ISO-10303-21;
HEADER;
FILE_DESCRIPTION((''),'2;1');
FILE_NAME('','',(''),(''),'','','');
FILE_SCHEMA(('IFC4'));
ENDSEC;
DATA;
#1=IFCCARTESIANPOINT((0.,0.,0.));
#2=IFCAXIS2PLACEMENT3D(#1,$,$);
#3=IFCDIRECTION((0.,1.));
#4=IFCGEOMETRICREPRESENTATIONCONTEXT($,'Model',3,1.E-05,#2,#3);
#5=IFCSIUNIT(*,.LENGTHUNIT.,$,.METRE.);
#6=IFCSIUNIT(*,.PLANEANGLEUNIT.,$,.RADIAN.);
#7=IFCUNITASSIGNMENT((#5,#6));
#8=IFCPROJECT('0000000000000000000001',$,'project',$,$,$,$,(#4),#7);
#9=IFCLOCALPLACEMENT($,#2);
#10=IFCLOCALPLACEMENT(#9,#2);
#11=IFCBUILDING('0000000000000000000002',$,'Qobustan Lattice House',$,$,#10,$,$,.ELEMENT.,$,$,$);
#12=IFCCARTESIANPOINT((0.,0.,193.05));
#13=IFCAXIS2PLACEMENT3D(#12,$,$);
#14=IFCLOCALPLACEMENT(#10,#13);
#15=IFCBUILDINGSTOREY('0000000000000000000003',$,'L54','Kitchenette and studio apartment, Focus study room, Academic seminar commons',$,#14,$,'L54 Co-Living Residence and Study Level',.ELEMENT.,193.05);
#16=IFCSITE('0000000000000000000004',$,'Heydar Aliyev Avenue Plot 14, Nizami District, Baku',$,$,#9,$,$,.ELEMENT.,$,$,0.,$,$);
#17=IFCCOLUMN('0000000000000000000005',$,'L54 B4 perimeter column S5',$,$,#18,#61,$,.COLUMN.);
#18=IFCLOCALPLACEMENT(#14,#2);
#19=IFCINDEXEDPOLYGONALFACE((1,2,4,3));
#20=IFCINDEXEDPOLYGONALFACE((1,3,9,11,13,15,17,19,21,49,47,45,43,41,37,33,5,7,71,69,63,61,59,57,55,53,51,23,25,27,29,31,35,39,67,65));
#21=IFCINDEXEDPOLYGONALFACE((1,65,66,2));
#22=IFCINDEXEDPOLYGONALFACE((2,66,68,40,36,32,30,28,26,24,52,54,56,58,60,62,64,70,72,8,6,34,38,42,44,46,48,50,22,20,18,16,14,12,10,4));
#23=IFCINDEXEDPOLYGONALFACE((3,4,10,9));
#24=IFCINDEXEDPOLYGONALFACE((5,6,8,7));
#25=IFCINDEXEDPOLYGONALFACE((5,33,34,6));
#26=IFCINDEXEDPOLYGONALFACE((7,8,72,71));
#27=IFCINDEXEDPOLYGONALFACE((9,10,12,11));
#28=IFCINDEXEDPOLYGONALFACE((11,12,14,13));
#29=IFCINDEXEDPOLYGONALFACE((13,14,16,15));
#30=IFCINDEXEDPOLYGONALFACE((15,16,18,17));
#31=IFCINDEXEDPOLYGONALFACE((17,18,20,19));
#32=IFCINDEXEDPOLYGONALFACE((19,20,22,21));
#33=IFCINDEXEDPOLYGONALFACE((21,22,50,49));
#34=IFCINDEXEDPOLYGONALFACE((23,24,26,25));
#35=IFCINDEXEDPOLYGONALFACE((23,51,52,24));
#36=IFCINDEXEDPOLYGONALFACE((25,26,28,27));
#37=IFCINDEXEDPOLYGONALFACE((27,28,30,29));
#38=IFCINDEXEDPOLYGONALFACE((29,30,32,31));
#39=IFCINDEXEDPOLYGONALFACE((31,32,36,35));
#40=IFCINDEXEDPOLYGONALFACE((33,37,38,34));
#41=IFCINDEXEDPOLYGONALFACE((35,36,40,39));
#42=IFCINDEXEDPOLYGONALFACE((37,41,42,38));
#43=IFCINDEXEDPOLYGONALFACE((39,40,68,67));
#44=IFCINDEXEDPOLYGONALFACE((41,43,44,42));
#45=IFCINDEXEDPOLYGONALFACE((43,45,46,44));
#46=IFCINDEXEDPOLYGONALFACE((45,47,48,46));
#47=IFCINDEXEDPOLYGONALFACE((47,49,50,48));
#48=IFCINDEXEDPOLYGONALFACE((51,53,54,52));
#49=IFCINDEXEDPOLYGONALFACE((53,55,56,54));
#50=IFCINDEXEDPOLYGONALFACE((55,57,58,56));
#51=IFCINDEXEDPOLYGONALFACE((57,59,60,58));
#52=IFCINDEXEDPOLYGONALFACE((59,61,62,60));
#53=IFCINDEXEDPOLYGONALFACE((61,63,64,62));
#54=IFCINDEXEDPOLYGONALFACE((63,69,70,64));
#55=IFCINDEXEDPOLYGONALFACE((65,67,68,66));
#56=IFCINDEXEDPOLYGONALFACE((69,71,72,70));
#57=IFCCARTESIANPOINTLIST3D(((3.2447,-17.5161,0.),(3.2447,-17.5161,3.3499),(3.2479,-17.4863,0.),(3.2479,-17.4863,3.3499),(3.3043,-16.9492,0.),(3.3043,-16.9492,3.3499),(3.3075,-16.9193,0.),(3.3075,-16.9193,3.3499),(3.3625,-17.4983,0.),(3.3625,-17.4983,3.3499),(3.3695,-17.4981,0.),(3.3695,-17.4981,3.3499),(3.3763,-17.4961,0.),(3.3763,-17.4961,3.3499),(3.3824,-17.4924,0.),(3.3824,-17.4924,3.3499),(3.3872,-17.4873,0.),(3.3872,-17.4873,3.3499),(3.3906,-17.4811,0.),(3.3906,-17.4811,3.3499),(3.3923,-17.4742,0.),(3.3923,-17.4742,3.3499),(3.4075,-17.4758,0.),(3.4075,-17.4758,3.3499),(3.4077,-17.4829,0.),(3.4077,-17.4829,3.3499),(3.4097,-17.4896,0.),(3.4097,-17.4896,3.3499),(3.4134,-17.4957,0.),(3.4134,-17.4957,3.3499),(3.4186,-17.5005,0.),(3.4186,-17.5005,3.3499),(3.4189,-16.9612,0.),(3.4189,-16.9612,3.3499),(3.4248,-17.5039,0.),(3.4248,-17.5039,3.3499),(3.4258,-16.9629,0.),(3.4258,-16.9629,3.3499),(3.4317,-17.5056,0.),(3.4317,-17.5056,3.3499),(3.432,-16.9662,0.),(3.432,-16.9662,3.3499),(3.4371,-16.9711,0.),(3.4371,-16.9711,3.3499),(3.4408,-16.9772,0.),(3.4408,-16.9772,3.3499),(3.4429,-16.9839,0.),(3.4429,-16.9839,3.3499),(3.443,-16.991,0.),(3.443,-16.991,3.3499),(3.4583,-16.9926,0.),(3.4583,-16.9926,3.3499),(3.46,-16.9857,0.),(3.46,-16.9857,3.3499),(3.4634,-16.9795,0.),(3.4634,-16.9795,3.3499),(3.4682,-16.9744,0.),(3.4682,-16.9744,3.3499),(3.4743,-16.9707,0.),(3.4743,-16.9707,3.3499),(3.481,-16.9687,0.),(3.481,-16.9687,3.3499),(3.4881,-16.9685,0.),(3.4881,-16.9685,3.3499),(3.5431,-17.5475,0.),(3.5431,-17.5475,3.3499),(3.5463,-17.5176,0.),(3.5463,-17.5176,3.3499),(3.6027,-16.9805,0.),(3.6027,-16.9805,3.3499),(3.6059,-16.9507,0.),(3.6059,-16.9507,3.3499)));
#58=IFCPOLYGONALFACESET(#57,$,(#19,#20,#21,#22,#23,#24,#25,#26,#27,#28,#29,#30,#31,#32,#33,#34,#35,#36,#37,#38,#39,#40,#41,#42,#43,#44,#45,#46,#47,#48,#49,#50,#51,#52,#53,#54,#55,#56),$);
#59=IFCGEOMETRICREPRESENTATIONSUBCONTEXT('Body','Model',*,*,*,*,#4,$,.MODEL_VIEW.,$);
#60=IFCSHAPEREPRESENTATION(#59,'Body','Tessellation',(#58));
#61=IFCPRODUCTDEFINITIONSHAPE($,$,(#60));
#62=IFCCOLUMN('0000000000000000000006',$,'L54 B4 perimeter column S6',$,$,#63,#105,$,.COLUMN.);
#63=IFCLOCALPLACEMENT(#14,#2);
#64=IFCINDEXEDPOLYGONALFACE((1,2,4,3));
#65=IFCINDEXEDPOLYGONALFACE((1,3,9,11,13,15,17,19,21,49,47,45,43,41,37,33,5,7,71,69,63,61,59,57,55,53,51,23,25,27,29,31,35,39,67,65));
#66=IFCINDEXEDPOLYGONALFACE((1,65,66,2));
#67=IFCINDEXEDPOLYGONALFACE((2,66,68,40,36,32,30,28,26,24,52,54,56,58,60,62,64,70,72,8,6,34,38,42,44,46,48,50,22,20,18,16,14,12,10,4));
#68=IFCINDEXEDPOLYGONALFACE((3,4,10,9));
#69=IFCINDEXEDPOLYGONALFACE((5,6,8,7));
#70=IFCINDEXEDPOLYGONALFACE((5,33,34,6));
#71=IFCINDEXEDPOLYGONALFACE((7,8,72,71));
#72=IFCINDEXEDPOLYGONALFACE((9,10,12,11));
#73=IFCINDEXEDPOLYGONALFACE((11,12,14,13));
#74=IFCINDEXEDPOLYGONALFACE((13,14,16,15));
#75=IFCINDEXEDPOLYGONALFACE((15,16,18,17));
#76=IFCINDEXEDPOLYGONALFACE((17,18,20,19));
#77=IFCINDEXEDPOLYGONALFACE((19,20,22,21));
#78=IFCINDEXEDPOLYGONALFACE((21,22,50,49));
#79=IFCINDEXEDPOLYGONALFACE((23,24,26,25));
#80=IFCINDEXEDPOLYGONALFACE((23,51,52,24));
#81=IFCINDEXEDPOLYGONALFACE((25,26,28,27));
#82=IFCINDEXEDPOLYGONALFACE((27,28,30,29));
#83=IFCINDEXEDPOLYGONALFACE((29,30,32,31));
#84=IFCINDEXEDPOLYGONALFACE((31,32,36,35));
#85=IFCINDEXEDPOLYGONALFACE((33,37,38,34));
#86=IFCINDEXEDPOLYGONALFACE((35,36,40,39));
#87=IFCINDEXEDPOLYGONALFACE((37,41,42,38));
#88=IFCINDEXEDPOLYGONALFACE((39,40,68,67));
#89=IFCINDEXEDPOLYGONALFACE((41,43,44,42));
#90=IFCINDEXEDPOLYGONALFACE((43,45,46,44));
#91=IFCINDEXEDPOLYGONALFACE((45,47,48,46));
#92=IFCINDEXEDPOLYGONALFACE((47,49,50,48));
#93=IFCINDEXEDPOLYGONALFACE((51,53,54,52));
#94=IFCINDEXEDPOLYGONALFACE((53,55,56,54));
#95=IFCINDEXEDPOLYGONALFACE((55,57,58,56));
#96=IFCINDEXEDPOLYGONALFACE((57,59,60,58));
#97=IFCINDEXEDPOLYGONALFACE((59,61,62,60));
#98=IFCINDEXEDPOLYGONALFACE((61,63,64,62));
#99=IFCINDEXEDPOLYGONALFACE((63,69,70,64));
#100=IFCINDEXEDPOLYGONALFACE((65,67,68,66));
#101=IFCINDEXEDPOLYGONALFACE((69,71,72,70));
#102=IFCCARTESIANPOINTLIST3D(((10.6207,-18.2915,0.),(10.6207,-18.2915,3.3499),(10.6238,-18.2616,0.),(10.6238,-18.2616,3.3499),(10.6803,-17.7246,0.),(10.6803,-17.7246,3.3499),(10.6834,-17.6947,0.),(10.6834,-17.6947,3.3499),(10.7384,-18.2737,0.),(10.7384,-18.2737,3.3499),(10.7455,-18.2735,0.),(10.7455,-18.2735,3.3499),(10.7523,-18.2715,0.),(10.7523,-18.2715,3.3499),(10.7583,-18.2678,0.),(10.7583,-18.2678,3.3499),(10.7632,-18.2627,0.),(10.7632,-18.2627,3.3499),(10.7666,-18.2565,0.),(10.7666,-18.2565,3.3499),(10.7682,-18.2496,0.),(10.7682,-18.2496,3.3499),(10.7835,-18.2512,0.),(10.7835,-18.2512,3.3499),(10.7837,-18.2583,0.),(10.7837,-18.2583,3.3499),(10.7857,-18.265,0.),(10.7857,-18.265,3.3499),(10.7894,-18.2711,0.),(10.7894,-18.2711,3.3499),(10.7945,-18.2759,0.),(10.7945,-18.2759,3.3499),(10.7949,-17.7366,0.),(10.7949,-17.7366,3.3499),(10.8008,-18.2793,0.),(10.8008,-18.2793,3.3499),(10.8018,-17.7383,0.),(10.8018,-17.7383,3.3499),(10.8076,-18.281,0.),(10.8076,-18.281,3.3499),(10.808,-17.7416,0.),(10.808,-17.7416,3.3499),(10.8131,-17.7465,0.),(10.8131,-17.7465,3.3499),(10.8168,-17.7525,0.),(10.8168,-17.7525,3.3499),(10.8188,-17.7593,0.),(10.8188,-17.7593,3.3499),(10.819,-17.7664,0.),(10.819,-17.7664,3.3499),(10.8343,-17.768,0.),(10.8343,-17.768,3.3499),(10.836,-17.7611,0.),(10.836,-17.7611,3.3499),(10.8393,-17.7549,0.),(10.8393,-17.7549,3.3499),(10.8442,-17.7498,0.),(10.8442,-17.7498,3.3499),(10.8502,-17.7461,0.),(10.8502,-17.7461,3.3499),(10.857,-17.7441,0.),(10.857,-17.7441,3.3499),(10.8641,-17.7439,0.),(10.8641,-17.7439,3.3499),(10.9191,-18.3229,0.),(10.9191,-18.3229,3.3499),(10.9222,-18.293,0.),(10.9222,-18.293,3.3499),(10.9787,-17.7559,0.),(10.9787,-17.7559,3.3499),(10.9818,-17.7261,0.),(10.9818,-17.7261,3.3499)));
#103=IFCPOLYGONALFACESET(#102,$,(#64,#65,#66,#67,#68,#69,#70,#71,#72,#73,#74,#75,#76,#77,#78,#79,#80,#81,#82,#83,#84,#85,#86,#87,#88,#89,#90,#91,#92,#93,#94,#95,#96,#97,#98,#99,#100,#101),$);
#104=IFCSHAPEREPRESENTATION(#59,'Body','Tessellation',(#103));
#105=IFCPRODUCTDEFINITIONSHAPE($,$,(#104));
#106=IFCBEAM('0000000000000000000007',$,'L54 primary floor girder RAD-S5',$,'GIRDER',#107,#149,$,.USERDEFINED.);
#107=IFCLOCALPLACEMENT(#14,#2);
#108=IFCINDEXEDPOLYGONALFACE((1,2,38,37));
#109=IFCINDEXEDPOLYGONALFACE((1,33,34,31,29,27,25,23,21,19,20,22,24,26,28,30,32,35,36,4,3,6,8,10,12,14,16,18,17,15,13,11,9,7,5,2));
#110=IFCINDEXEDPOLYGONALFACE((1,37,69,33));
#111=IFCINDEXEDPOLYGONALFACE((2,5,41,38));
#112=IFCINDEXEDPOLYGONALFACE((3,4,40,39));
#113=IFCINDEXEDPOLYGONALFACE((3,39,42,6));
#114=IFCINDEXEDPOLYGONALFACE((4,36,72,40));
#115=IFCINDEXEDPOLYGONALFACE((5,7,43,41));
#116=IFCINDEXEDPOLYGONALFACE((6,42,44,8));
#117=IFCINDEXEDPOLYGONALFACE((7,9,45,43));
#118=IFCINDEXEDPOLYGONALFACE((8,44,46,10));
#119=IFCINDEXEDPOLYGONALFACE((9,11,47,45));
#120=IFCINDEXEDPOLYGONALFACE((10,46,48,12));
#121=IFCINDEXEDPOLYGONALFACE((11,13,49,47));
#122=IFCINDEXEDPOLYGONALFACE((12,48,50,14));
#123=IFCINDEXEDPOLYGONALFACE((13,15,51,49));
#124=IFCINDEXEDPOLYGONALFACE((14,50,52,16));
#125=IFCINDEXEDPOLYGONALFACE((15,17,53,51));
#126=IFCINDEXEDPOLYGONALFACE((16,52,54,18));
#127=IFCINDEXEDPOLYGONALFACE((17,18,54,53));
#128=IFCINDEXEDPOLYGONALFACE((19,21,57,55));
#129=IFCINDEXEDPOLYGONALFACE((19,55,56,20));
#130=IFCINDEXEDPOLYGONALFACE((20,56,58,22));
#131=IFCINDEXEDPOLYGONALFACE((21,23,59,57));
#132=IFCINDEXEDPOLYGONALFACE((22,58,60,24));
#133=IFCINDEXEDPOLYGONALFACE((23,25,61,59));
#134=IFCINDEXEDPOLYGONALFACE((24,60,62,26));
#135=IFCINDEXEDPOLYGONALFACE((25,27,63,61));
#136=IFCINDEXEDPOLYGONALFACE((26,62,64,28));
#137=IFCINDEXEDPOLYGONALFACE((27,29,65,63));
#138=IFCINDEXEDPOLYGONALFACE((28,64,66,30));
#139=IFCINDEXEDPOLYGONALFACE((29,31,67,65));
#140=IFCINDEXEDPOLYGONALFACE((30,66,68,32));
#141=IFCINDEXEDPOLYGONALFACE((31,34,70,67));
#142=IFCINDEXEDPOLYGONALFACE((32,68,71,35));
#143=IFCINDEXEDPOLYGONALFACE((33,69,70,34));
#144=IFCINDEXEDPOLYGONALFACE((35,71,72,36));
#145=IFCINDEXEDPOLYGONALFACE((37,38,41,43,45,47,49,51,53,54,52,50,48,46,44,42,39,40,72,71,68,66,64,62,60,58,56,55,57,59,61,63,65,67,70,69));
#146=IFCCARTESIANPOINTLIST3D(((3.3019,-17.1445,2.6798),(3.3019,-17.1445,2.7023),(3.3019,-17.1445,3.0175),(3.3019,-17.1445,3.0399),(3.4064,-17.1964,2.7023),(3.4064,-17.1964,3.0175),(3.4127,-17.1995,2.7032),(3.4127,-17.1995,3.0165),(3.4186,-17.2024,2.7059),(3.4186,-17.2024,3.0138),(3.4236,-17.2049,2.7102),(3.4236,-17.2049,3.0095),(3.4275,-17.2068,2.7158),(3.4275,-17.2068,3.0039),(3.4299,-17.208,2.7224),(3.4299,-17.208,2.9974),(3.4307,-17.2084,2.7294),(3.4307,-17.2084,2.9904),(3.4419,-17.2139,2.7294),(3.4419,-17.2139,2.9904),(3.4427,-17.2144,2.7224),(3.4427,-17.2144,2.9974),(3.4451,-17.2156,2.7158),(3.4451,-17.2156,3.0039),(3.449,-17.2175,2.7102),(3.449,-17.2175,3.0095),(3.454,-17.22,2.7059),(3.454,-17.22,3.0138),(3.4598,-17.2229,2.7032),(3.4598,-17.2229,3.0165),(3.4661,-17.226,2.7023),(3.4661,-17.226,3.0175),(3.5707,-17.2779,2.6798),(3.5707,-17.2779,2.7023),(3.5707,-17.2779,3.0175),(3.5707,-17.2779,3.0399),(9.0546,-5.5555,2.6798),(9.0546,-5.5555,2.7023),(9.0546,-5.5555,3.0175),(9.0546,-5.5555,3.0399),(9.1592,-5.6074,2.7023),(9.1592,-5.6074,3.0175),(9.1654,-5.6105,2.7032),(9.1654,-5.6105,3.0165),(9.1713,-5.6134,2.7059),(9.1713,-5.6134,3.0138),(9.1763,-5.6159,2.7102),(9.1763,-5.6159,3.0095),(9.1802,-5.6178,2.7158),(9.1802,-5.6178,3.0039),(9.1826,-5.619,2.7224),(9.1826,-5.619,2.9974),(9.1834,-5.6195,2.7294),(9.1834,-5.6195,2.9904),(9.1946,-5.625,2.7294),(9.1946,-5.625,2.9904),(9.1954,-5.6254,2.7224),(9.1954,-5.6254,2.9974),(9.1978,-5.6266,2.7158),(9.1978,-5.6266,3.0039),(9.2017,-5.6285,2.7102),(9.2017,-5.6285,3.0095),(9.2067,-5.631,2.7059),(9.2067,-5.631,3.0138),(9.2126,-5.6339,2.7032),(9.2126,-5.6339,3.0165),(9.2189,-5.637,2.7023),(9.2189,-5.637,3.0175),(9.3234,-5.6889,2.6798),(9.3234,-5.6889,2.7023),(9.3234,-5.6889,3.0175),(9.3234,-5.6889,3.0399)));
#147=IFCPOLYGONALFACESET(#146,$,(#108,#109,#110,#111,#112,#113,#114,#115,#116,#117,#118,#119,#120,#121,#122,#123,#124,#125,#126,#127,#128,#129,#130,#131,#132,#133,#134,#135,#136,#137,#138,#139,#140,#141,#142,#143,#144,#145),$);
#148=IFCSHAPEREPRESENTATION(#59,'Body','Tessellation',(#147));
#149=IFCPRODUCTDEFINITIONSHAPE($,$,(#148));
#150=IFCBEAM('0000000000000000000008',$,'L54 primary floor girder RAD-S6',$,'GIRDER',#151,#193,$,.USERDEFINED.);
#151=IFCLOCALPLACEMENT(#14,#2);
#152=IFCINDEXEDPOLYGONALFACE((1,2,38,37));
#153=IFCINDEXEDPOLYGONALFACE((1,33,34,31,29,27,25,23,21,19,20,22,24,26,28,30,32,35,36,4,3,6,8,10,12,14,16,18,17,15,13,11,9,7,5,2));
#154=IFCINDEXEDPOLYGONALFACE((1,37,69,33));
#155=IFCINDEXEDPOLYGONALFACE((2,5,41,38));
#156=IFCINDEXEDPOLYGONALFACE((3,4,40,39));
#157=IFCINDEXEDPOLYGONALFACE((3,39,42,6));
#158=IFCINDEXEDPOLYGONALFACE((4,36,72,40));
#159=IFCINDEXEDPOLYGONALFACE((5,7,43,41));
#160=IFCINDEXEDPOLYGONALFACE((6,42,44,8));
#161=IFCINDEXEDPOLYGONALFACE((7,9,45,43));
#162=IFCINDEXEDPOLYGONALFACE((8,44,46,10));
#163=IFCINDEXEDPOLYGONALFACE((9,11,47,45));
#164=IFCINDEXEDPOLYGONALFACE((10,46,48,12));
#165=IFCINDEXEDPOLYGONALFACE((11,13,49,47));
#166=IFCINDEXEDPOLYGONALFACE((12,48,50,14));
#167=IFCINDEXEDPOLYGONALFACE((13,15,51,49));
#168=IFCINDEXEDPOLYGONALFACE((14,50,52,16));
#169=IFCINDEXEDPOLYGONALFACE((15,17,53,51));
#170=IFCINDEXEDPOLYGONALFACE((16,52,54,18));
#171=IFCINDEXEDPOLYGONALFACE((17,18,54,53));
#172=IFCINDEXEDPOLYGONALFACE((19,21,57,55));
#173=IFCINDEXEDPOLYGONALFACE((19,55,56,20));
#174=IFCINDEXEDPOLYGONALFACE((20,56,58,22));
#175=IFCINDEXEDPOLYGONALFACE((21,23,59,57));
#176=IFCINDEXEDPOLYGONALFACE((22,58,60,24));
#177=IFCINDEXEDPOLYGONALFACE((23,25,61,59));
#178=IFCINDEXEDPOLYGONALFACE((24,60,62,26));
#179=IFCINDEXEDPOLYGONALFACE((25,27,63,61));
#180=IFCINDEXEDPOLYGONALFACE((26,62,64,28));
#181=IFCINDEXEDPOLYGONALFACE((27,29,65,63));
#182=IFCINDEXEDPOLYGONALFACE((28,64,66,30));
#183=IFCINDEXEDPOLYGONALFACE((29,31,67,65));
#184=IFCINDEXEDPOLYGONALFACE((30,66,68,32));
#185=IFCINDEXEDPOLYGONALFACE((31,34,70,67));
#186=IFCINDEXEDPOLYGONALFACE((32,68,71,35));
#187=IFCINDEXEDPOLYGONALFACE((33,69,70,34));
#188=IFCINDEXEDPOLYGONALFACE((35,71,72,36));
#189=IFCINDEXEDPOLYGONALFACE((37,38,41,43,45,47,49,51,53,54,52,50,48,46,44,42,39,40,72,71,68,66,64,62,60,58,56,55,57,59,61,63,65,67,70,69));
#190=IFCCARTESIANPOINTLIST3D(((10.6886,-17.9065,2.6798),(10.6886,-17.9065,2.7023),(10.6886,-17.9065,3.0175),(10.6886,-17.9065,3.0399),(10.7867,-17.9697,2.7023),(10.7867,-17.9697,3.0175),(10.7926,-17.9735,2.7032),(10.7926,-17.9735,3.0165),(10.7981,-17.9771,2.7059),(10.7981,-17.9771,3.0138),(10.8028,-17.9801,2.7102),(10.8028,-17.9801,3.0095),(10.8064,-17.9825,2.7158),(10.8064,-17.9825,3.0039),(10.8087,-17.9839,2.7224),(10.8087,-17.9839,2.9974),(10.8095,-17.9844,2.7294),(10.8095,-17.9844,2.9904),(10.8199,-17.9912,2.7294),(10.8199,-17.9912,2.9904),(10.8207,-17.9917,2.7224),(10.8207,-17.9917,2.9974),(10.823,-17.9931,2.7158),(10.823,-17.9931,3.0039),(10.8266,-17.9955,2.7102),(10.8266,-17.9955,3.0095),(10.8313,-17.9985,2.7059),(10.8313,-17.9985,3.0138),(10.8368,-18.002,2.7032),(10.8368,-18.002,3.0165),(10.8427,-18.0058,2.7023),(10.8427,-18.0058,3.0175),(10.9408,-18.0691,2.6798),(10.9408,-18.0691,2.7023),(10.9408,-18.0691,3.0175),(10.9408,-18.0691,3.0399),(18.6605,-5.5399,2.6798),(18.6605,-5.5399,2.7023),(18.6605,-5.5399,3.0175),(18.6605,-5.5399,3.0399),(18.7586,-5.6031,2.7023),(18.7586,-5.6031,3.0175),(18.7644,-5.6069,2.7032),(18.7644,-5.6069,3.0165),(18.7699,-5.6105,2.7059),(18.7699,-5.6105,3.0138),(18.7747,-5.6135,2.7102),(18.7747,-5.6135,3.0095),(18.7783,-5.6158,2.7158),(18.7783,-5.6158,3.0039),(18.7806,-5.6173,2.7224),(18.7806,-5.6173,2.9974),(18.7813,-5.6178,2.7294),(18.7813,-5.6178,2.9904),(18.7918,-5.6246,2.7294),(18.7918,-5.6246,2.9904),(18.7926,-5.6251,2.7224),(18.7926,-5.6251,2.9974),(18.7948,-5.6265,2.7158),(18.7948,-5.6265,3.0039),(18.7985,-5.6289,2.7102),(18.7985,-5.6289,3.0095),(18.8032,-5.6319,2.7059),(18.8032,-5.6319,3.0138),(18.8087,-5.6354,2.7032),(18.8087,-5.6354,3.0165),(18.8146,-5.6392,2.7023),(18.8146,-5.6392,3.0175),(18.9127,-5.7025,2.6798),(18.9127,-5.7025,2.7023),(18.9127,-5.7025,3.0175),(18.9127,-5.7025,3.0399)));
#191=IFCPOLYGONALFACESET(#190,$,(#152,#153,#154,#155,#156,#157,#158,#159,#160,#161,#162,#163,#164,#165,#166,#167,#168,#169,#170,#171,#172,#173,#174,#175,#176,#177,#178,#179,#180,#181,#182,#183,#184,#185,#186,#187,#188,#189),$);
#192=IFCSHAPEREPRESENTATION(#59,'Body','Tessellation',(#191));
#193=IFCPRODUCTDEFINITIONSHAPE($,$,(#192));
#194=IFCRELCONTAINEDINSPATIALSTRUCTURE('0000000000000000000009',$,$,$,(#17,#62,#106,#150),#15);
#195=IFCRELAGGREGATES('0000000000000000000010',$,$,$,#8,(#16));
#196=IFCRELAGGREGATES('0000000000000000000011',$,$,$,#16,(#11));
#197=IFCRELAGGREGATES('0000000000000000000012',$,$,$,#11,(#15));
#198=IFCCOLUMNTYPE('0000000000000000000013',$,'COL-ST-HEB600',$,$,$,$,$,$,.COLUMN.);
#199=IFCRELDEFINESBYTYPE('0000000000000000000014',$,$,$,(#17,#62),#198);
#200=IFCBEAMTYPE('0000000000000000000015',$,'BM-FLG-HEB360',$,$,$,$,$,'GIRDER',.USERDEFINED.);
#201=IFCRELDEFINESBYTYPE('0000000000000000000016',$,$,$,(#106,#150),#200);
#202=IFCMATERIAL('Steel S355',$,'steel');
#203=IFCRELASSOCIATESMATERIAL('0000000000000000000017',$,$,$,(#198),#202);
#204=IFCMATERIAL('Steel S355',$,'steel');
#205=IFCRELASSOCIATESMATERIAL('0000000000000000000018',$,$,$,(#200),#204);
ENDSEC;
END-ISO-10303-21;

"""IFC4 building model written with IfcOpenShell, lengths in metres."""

from ifc_helpers import new_model, si_unit, direction, frame, origin, origin_2d, place, context, subcontext, project, spatial, i_section, extrude, material, material_profile, profile_set, type_object, element, save


model = new_model("IFC4")

# Units and contexts
model_context = context("Model", 3, precision=1e-05, world=origin(), true_north=direction((0.0, 1.0)))
body_context = subcontext(model_context, "Body", "Model", "MODEL_VIEW")
ifc_project = project(units=[si_unit("LENGTHUNIT", "METRE"), si_unit("PLANEANGLEUNIT", "RADIAN")], contexts=[model_context])

# Site, building, storey
site_placement = place(None, origin())
site = spatial("IfcSite", under=ifc_project, at=site_placement, Name="Heydar Aliyev Avenue Plot 14, Nizami District, Baku", CompositionType="ELEMENT", RefElevation=0.0)
building_placement = place(site_placement, origin())
building = spatial("IfcBuilding", under=site, at=building_placement, Name="Qobustan Lattice House", CompositionType="ELEMENT")
storey_placement = place(building_placement, frame((0.0, 0.0, 193.05)))
storey = spatial("IfcBuildingStorey", under=building, at=storey_placement, Name="L54", Description="Kitchenette and studio apartment, Focus study room, Academic seminar commons", LongName="L54 Co-Living Residence and Study Level", CompositionType="ELEMENT", Elevation=193.05)

# Columns
ifc_material_1 = material(Name="Steel S355", Category="steel")
ifc_material_profile_1 = material_profile(ifc_material_1, i_section(OverallWidth=0.3, OverallDepth=0.6001, WebThickness=0.0154, FlangeThickness=0.03, FilletRadius=0.0271, at=origin_2d()), Name="HEB600")
ifc_profile_set_1 = profile_set([ifc_material_profile_1], Name="Steel S355")
column_type = type_object("IfcColumnType", Name="COL-ST-HEB600", PredefinedType="COLUMN", material=ifc_profile_set_1)
for number, where, z_axis, x_axis, name in (
    (1, (3.4253, -17.2334, 0.0), (0.0, 0.0, 1.0), (0.994522, -0.104528, 0.0), "L54 B4 perimeter column S5"),
    (2, (10.8013, -18.0088, 0.0), (0.0, 0.0, 1.0), (0.994522, -0.104528, 0.0), "L54 B4 perimeter column S6"),
):
    element("IfcColumn", number, at=place(storey_placement, frame(where, z_axis=z_axis, x_axis=x_axis)), inside=storey, type_object=column_type, Name=name, PredefinedType="COLUMN", context=body_context, shape_type="SweptSolid", body=[
        extrude(i_section(OverallWidth=0.3, OverallDepth=0.6001, WebThickness=0.0154, FlangeThickness=0.03, FilletRadius=0.0271, at=origin_2d()), origin(), (0.0, 0.0, 1.0), 3.3499),
    ])

# Beams
ifc_material_2 = material(Name="Steel S355", Category="steel")
ifc_material_profile_2 = material_profile(ifc_material_2, i_section(OverallWidth=0.3, OverallDepth=0.3601, WebThickness=0.0125, FlangeThickness=0.0225, FilletRadius=0.0271, at=origin_2d()), Name="HEB360")
ifc_profile_set_2 = profile_set([ifc_material_profile_2], Name="Steel S355")
beam_type_1 = type_object("IfcBeamType", Name="BM-FLG-HEB360", ElementType="GIRDER", PredefinedType="USERDEFINED", material=ifc_profile_set_2)
beam_1_placement = place(storey_placement, frame((3.4363, -17.2112, 2.8599), z_axis=(0.44463, 0.895714, 0.0), x_axis=(-0.895714, 0.44463, 0.0)))
element("IfcBeam", 3, at=beam_1_placement, inside=storey, type_object=beam_type_1, Name="L54 primary floor girder RAD-S5", ObjectType="GIRDER", PredefinedType="USERDEFINED", context=body_context, shape_type="SweptSolid", body=[
    extrude(i_section(OverallWidth=0.3, OverallDepth=0.3601, WebThickness=0.0125, FlangeThickness=0.0225, FilletRadius=0.0271, at=origin_2d()), origin(), (0.0, 0.0, 1.0), 12.9382),
])
beam_2_placement = place(storey_placement, frame((10.8147, -17.9878, 2.8599), z_axis=(0.54181, 0.840501, 0.0), x_axis=(-0.840501, 0.54181, 0.0)))
element("IfcBeam", 4, at=beam_2_placement, inside=storey, type_object=beam_type_1, Name="L54 primary floor girder RAD-S6", ObjectType="GIRDER", PredefinedType="USERDEFINED", context=body_context, shape_type="SweptSolid", body=[
    extrude(i_section(OverallWidth=0.3, OverallDepth=0.3601, WebThickness=0.0125, FlangeThickness=0.0225, FilletRadius=0.0271, at=origin_2d()), origin(), (0.0, 0.0, 1.0), 14.7134),
])

save(model, "model.ifc")
